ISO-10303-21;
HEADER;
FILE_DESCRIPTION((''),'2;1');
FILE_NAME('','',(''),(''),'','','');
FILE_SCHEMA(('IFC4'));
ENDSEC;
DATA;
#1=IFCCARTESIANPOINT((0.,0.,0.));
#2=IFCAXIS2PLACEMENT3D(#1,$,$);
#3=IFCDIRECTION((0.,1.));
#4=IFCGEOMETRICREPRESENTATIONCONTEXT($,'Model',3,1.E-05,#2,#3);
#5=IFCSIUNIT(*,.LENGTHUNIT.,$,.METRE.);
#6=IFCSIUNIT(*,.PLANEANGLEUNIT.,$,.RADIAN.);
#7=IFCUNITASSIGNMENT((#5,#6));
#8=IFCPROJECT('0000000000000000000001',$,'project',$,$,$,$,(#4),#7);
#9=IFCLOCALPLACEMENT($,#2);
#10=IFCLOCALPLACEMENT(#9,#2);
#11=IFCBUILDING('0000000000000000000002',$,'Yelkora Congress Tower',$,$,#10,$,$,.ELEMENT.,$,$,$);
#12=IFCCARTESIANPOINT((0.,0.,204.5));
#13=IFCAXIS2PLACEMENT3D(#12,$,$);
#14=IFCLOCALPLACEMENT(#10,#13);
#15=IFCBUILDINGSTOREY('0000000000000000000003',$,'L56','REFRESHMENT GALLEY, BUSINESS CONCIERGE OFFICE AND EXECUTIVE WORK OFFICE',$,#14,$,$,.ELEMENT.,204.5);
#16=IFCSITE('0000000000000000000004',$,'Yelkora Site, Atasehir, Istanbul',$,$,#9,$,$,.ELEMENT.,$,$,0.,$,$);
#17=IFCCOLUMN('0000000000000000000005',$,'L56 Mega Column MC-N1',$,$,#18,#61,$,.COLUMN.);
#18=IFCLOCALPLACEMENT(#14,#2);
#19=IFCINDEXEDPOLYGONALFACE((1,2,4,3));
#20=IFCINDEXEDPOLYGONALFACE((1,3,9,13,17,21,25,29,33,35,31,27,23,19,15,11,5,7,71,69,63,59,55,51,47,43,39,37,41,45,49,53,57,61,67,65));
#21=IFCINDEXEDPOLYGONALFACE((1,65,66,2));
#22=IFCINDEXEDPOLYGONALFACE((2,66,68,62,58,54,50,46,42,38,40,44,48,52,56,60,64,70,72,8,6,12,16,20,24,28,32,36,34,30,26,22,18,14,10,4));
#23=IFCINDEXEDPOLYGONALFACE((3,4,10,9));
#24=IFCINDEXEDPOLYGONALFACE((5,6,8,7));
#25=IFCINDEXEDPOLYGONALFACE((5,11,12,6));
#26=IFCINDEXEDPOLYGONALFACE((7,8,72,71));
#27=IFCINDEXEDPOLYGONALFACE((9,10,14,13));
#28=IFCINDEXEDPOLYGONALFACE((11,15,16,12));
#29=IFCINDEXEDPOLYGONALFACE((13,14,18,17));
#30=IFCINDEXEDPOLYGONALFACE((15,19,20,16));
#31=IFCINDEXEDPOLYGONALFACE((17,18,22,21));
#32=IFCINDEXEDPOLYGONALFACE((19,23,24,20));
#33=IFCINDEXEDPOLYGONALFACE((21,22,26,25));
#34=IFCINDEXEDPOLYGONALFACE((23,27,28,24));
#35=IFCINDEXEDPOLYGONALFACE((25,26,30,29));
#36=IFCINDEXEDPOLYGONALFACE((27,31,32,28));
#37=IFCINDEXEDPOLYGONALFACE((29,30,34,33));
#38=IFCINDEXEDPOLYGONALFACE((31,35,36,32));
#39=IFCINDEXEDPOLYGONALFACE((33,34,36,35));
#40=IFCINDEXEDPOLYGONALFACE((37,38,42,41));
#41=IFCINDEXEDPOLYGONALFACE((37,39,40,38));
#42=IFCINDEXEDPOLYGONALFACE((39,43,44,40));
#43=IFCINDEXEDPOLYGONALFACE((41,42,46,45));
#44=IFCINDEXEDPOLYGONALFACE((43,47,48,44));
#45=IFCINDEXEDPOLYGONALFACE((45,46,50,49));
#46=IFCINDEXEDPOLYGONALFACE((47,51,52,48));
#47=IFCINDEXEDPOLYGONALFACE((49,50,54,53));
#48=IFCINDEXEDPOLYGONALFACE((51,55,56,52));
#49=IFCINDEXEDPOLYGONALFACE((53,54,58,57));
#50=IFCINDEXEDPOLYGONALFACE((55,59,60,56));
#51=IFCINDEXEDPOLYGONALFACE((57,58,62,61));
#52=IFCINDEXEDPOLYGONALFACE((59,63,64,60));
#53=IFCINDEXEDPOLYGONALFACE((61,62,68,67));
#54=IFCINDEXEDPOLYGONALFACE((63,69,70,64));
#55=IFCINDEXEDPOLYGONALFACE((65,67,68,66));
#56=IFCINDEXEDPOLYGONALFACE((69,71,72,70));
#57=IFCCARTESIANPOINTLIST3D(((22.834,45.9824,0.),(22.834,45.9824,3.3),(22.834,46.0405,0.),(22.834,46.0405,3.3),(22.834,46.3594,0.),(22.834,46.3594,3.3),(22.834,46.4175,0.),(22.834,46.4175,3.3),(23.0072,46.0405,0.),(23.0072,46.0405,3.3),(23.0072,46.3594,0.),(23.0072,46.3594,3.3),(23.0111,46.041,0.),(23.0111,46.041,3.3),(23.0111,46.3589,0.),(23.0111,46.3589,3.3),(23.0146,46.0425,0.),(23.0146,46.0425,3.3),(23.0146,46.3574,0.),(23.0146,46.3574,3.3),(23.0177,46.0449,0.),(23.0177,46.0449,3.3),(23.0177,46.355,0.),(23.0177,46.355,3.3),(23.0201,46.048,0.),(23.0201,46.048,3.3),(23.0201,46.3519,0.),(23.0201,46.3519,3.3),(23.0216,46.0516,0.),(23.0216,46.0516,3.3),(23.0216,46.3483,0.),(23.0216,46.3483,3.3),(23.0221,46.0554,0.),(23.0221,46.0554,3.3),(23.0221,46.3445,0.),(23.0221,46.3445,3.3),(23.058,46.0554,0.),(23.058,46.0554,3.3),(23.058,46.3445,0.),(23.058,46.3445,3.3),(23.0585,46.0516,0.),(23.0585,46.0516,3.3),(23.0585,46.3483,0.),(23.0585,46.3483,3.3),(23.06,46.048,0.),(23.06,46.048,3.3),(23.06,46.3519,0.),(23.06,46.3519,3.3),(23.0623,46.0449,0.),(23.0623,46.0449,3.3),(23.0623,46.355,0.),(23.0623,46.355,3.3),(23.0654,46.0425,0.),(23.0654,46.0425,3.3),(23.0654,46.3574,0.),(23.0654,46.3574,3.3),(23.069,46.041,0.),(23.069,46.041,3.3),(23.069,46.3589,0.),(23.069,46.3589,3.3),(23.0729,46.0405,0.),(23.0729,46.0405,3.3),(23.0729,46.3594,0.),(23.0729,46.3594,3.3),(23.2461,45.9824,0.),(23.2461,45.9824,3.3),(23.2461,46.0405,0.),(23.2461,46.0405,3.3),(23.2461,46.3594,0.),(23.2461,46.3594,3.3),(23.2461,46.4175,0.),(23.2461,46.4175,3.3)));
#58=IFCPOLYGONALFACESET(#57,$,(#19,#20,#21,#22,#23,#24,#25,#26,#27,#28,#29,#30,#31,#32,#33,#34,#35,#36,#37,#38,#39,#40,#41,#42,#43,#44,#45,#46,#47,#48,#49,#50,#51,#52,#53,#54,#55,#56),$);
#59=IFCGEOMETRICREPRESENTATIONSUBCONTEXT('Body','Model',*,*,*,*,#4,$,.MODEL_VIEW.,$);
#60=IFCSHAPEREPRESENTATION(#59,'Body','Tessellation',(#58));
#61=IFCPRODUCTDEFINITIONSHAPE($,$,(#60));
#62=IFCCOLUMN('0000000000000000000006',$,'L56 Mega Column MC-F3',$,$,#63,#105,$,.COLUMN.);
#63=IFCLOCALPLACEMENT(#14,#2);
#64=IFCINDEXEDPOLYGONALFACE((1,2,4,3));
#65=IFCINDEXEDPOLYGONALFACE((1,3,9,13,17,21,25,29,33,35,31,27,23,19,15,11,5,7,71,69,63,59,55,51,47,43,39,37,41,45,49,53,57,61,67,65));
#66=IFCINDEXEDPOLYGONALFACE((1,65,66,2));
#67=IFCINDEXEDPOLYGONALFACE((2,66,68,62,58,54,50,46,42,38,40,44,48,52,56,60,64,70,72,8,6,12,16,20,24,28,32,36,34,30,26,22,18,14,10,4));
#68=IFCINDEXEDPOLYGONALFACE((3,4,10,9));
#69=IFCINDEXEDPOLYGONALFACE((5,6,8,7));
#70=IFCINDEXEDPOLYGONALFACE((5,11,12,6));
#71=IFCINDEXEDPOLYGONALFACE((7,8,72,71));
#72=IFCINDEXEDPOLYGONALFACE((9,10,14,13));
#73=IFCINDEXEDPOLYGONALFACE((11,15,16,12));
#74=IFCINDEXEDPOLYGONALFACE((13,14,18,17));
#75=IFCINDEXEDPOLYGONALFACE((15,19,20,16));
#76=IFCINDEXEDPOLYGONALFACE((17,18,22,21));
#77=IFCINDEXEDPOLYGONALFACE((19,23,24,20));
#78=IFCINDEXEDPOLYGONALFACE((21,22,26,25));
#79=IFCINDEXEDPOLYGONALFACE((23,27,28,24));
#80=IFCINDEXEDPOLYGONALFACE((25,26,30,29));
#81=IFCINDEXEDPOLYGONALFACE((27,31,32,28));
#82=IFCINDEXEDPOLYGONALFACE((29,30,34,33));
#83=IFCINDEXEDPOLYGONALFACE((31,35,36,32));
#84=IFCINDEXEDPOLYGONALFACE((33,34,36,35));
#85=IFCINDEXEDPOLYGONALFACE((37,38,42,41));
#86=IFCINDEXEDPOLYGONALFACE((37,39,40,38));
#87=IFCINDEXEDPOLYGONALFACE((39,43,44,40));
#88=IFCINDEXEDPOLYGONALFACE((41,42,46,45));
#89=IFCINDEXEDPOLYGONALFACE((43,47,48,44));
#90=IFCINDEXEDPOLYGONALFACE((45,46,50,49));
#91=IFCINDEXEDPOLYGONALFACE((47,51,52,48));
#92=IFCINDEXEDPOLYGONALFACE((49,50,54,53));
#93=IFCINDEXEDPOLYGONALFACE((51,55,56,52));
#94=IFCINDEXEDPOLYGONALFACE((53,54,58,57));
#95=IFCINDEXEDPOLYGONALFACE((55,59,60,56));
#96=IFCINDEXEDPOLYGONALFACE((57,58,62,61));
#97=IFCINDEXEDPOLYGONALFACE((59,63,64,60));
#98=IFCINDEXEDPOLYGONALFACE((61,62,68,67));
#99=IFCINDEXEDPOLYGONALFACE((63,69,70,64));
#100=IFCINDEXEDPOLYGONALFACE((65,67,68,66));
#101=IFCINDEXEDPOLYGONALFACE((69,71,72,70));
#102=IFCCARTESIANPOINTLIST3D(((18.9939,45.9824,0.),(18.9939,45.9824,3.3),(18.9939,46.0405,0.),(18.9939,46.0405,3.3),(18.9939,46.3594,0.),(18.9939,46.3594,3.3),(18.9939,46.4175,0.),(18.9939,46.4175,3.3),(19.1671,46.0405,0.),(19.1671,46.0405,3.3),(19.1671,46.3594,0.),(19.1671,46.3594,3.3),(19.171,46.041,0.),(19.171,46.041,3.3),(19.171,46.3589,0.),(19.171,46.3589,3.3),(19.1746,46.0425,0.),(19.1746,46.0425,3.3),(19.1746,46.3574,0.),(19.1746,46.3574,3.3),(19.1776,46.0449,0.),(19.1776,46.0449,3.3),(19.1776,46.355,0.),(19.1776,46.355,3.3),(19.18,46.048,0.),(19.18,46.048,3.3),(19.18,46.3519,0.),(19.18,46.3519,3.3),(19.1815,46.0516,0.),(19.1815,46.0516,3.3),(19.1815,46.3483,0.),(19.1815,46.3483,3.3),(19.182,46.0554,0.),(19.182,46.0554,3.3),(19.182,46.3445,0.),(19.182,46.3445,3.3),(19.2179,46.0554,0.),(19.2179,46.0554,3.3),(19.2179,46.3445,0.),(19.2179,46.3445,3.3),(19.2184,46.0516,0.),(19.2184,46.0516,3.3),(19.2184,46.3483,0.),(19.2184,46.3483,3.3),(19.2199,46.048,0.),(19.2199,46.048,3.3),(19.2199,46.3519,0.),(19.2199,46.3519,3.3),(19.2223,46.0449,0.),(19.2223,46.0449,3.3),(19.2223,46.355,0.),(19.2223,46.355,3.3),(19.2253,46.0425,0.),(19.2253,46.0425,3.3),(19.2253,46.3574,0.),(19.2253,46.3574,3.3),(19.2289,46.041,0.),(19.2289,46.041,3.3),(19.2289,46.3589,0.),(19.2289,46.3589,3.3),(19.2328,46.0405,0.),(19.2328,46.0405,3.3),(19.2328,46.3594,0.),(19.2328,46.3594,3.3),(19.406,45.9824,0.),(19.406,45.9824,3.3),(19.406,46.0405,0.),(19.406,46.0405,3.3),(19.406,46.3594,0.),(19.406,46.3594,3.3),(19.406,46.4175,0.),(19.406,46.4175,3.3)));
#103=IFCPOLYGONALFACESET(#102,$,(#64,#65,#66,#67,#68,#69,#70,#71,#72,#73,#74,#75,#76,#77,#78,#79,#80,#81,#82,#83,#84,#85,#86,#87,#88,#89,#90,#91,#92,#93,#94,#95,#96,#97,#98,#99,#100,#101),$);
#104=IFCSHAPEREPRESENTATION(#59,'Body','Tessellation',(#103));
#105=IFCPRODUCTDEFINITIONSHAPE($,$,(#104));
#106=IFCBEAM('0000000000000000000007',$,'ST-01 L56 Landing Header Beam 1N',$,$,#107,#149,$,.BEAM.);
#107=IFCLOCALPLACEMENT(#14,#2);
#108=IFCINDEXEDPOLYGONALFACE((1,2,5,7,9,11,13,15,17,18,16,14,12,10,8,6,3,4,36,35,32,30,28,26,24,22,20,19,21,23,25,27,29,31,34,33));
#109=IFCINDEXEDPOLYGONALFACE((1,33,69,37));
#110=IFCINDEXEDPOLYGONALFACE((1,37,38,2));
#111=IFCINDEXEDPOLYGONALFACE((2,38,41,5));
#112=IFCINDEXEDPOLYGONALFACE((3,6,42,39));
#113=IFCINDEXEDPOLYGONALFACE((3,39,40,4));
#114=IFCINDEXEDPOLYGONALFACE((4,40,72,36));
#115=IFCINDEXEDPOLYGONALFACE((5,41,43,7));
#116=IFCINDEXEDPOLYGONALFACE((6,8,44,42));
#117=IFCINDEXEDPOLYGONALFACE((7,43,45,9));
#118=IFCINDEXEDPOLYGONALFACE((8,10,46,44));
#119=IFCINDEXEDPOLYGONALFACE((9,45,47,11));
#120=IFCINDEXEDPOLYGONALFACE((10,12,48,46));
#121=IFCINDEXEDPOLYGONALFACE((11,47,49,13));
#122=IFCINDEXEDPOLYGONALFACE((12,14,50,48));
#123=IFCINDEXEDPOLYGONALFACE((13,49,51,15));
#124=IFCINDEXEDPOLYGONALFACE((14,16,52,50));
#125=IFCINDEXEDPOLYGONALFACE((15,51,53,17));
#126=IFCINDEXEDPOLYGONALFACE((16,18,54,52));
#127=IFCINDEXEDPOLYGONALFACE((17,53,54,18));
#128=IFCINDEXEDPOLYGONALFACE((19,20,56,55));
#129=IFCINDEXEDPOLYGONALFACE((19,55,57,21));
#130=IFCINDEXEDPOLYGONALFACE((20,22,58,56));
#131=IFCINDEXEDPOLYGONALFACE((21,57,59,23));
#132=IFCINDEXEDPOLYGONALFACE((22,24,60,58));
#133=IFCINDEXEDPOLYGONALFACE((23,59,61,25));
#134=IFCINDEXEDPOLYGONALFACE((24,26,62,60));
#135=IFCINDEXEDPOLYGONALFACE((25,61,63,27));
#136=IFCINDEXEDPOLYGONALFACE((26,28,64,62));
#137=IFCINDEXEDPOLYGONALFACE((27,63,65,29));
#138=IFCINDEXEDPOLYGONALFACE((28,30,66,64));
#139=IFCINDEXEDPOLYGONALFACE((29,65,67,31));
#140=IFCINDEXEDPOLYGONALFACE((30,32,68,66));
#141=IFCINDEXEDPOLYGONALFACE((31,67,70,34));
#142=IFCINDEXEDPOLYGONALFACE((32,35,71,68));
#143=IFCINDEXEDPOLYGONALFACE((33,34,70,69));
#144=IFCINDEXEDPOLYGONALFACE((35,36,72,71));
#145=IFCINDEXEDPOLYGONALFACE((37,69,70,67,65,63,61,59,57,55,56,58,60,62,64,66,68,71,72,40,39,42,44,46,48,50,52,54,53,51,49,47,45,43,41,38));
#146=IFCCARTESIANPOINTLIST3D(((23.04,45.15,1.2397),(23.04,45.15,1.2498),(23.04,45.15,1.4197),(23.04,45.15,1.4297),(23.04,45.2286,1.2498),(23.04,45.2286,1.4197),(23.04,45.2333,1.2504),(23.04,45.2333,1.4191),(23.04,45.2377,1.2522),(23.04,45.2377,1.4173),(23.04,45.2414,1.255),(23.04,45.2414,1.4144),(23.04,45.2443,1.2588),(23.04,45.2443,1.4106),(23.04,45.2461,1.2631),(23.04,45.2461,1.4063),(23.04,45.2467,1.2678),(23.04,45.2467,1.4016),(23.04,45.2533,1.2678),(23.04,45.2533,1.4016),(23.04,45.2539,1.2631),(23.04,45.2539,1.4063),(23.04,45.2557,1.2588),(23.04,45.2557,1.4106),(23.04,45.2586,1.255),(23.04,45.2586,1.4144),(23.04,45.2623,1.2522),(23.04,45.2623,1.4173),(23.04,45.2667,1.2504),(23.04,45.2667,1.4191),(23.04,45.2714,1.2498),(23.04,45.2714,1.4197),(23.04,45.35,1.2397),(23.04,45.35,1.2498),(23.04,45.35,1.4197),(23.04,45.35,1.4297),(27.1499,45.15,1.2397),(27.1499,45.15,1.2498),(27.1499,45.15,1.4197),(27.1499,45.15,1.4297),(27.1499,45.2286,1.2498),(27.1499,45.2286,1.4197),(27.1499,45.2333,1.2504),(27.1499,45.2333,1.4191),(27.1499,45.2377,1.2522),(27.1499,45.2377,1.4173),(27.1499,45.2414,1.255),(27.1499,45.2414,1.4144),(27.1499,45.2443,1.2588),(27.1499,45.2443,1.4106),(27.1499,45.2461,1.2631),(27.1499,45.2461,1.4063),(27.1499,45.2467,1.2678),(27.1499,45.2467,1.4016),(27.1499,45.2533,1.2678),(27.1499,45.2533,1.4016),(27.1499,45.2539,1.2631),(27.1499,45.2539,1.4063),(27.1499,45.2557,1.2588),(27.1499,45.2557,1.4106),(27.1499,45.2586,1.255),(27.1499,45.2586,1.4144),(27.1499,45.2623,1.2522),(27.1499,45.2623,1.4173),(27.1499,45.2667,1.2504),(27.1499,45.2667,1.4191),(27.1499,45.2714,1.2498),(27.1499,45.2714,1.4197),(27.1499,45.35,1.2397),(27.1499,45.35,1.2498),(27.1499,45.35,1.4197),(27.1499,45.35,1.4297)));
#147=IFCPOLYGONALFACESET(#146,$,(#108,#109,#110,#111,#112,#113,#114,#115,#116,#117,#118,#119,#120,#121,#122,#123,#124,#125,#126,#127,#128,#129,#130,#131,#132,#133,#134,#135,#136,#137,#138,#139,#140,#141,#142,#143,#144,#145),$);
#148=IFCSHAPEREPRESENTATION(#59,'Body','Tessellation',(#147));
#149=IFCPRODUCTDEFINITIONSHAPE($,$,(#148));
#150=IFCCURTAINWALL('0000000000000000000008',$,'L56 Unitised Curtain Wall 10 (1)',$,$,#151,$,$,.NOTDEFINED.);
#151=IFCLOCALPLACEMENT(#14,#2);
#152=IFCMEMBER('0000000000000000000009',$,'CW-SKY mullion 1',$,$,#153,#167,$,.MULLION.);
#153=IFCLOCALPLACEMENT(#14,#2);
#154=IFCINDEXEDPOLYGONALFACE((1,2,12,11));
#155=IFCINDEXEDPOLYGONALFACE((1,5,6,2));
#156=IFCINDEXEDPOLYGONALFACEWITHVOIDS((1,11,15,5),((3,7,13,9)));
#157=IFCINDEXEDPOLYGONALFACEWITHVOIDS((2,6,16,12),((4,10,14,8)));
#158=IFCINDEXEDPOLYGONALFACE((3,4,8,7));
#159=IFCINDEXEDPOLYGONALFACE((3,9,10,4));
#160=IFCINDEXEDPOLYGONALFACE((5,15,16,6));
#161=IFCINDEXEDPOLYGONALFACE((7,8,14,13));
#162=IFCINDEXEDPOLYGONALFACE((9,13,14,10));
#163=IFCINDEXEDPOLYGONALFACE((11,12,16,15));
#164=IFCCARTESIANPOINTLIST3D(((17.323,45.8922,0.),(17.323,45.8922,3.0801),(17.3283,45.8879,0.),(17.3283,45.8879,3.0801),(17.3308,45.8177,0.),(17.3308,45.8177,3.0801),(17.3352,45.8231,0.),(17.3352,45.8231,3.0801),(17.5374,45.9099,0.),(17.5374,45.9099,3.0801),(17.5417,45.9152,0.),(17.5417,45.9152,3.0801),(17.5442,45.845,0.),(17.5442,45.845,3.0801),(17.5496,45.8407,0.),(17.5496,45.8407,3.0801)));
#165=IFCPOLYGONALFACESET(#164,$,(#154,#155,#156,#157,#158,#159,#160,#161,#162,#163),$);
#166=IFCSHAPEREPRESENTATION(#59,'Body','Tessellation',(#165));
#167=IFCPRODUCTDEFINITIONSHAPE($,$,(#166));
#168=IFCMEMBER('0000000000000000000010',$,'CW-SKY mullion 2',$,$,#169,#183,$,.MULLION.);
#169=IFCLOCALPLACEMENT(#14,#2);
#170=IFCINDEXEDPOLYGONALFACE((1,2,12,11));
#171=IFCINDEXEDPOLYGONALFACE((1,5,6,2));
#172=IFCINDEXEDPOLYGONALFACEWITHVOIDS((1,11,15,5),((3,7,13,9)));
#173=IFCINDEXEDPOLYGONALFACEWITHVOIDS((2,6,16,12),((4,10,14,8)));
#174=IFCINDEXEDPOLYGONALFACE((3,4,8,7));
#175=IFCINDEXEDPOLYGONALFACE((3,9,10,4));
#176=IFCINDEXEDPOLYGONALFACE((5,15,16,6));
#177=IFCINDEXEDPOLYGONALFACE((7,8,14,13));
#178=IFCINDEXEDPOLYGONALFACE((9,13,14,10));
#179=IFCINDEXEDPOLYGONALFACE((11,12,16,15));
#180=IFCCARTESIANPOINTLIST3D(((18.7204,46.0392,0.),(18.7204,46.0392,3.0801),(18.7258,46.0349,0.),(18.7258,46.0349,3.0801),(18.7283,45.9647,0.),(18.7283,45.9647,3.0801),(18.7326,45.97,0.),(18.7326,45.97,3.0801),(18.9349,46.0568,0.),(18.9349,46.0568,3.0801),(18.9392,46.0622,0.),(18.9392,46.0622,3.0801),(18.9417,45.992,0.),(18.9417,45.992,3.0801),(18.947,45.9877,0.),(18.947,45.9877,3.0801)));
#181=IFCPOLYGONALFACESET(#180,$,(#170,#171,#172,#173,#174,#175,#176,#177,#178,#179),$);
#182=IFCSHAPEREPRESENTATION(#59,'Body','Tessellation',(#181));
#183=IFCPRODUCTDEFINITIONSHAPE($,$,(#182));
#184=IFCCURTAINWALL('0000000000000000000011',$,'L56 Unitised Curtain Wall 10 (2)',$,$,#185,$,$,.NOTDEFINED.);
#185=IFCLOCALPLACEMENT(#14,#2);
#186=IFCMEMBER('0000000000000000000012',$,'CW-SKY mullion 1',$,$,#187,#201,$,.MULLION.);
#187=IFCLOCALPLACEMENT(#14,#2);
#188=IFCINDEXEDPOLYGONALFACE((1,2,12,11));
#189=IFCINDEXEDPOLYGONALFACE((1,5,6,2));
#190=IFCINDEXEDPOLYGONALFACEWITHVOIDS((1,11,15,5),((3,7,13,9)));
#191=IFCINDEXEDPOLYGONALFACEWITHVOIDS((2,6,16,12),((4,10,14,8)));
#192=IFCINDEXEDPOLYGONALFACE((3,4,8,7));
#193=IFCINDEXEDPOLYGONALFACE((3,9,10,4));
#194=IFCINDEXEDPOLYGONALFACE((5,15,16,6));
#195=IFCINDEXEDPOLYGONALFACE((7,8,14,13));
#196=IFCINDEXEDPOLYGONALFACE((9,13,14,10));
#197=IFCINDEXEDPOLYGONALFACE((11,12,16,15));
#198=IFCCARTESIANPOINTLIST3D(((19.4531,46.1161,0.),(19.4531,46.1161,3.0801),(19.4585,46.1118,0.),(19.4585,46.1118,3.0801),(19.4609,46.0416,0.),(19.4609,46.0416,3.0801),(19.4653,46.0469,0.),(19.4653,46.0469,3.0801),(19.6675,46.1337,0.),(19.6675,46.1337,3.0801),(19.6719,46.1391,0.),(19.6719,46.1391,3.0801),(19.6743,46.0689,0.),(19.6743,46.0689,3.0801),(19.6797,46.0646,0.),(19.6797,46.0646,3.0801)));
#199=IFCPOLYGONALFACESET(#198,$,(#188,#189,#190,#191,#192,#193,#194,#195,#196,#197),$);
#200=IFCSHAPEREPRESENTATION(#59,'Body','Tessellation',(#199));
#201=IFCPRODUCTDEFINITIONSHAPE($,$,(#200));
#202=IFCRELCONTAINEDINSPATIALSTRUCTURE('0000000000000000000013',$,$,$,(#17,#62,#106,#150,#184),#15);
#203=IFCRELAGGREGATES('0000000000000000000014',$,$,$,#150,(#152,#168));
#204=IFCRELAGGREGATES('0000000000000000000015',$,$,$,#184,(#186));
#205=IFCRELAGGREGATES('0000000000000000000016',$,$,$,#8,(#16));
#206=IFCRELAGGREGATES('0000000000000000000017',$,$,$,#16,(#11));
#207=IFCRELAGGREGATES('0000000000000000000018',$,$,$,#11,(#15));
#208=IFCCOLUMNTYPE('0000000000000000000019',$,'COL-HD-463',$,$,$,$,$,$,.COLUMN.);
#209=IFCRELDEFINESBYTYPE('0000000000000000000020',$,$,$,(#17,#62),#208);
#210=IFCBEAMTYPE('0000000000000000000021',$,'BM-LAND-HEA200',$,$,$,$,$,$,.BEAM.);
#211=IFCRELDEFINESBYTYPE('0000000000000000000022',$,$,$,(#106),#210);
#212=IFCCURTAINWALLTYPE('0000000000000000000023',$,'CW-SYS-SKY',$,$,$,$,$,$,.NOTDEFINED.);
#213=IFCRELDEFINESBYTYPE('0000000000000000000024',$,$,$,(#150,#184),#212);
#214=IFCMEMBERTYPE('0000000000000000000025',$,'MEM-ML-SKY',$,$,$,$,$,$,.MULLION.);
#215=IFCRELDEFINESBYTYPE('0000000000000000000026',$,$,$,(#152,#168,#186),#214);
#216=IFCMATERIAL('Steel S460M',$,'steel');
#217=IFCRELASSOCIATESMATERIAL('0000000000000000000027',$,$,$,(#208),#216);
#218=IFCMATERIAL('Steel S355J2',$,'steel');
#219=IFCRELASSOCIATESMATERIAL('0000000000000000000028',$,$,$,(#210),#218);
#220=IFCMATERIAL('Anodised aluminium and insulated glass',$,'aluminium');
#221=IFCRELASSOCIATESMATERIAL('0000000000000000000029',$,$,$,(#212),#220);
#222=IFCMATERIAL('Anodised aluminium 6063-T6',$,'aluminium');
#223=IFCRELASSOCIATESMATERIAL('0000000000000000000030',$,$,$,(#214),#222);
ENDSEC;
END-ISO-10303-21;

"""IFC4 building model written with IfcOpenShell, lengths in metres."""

from ifc_helpers import new_model, si_unit, direction, frame, origin, origin_2d, place, context, subcontext, project, spatial, hollow_rectangle, i_section, extrude, material, material_profile, profile_set, type_object, element, aggregate, save


model = new_model("IFC4")

# Units and contexts
model_context = context("Model", 3, precision=1e-05, world=origin(), true_north=direction((0.0, 1.0)))
body_context = subcontext(model_context, "Body", "Model", "MODEL_VIEW")
ifc_project = project(units=[si_unit("LENGTHUNIT", "METRE"), si_unit("PLANEANGLEUNIT", "RADIAN")], contexts=[model_context])

# Site, building, storey
site_placement = place(None, origin())
site = spatial("IfcSite", under=ifc_project, at=site_placement, Name="Yelkora Site, Atasehir, Istanbul", CompositionType="ELEMENT", RefElevation=0.0)
building_placement = place(site_placement, origin())
building = spatial("IfcBuilding", under=site, at=building_placement, Name="Yelkora Congress Tower", CompositionType="ELEMENT")
storey_placement = place(building_placement, frame((0.0, 0.0, 204.5)))
storey = spatial("IfcBuildingStorey", under=building, at=storey_placement, Name="L56", Description="REFRESHMENT GALLEY, BUSINESS CONCIERGE OFFICE AND EXECUTIVE WORK OFFICE", CompositionType="ELEMENT", Elevation=204.5)

# Columns
ifc_material_1 = material(Name="Steel S460M", Category="steel")
ifc_material_profile_1 = material_profile(ifc_material_1, i_section(OverallWidth=0.4121, OverallDepth=0.4351, WebThickness=0.0359, FlangeThickness=0.0581, FilletRadius=0.0149, at=origin_2d()), Name="HD 400x463")
ifc_profile_set_1 = profile_set([ifc_material_profile_1], Name="Steel S460M")
column_type = type_object("IfcColumnType", Name="COL-HD-463", PredefinedType="COLUMN", material=ifc_profile_set_1)
for number, where, z_axis, x_axis, name in (
    (1, (23.04, 46.2, 0.0), (0.0, 0.0, 1.0), (1.0, 0.0, 0.0), "L56 Mega Column MC-N1"),
    (2, (19.2, 46.2, 0.0), (0.0, 0.0, 1.0), (1.0, 0.0, 0.0), "L56 Mega Column MC-F3"),
):
    element("IfcColumn", number, at=place(storey_placement, frame(where, z_axis=z_axis, x_axis=x_axis)), inside=storey, type_object=column_type, Name=name, PredefinedType="COLUMN", context=body_context, shape_type="SweptSolid", body=[
        extrude(i_section(OverallWidth=0.4121, OverallDepth=0.4351, WebThickness=0.0359, FlangeThickness=0.0581, FilletRadius=0.0149, at=origin_2d()), origin(), (0.0, 0.0, 1.0), 3.3),
    ])

# Beam
ifc_material_2 = material(Name="Steel S355J2", Category="steel")
ifc_material_profile_2 = material_profile(ifc_material_2, i_section(OverallWidth=0.2, OverallDepth=0.1899, WebThickness=0.0066, FlangeThickness=0.01, FilletRadius=0.0181, at=origin_2d()), Name="HEA 200")
ifc_profile_set_2 = profile_set([ifc_material_profile_2], Name="Steel S355J2")
beam_type = type_object("IfcBeamType", Name="BM-LAND-HEA200", PredefinedType="BEAM", material=ifc_profile_set_2)
beam_placement = place(storey_placement, frame((23.04, 45.25, 1.3347), z_axis=(1.0, 0.0, 0.0), x_axis=(0.0, 1.0, 0.0)))
element("IfcBeam", 3, at=beam_placement, inside=storey, type_object=beam_type, Name="ST-01 L56 Landing Header Beam 1N", PredefinedType="BEAM", context=body_context, shape_type="SweptSolid", body=[
    extrude(i_section(OverallWidth=0.2, OverallDepth=0.1899, WebThickness=0.0066, FlangeThickness=0.01, FilletRadius=0.0181, at=origin_2d()), origin(), (0.0, 0.0, 1.0), 4.1099),
])

# Curtain walls, members
ifc_material_3 = material(Name="Anodised aluminium and insulated glass", Category="aluminium")
curtain_wall_type = type_object("IfcCurtainWallType", Name="CW-SYS-SKY", PredefinedType="NOTDEFINED", material=ifc_material_3)
curtain_wall_1_placement = place(storey_placement, origin())
curtain_wall_1 = element("IfcCurtainWall", 4, at=curtain_wall_1_placement, inside=storey, type_object=curtain_wall_type, Name="L56 Unitised Curtain Wall 10 (1)", PredefinedType="NOTDEFINED")
ifc_material_4 = material(Name="Anodised aluminium 6063-T6", Category="aluminium")
ifc_material_profile_3 = material_profile(ifc_material_4, hollow_rectangle(XDim=0.075, YDim=0.22, WallThickness=0.0049, at=origin_2d()), Name="ALU 75x220x5")
ifc_profile_set_3 = profile_set([ifc_material_profile_3], Name="Anodised aluminium 6063-T6")
member_type_1 = type_object("IfcMemberType", Name="MEM-ML-SKY", PredefinedType="MULLION", material=ifc_profile_set_3)
member_1_placement = place(storey_placement, frame((17.4363, 45.8665, 0.0), z_axis=(0.0, 0.0, 1.0), x_axis=(-0.104519, 0.994523, 0.0)))
member_1 = element("IfcMember", 5, at=member_1_placement, type_object=member_type_1, Name="CW-SKY mullion 1", PredefinedType="MULLION", context=body_context, shape_type="SweptSolid", body=[
    extrude(hollow_rectangle(XDim=0.075, YDim=0.22, WallThickness=0.0049, at=origin_2d()), origin(), (0.0, 0.0, 1.0), 3.0801),
])
member_2_placement = place(storey_placement, frame((18.8337, 46.0134, 0.0), z_axis=(0.0, 0.0, 1.0), x_axis=(-0.104519, 0.994523, 0.0)))
member_2 = element("IfcMember", 6, at=member_2_placement, type_object=member_type_1, Name="CW-SKY mullion 2", PredefinedType="MULLION", context=body_context, shape_type="SweptSolid", body=[
    extrude(hollow_rectangle(XDim=0.075, YDim=0.22, WallThickness=0.0049, at=origin_2d()), origin(), (0.0, 0.0, 1.0), 3.0801),
])
curtain_wall_2_placement = place(storey_placement, origin())
curtain_wall_2 = element("IfcCurtainWall", 7, at=curtain_wall_2_placement, inside=storey, type_object=curtain_wall_type, Name="L56 Unitised Curtain Wall 10 (2)", PredefinedType="NOTDEFINED")
member_3_placement = place(storey_placement, frame((19.5664, 46.0903, 0.0), z_axis=(0.0, 0.0, 1.0), x_axis=(-0.104516, 0.994523, 0.0)))
member_3 = element("IfcMember", 8, at=member_3_placement, type_object=member_type_1, Name="CW-SKY mullion 1", PredefinedType="MULLION", context=body_context, shape_type="SweptSolid", body=[
    extrude(hollow_rectangle(XDim=0.075, YDim=0.22, WallThickness=0.0049, at=origin_2d()), origin(), (0.0, 0.0, 1.0), 3.0801),
])

aggregate(curtain_wall_1, [member_1, member_2])
aggregate(curtain_wall_2, [member_3])

save(model, "model.ifc")
